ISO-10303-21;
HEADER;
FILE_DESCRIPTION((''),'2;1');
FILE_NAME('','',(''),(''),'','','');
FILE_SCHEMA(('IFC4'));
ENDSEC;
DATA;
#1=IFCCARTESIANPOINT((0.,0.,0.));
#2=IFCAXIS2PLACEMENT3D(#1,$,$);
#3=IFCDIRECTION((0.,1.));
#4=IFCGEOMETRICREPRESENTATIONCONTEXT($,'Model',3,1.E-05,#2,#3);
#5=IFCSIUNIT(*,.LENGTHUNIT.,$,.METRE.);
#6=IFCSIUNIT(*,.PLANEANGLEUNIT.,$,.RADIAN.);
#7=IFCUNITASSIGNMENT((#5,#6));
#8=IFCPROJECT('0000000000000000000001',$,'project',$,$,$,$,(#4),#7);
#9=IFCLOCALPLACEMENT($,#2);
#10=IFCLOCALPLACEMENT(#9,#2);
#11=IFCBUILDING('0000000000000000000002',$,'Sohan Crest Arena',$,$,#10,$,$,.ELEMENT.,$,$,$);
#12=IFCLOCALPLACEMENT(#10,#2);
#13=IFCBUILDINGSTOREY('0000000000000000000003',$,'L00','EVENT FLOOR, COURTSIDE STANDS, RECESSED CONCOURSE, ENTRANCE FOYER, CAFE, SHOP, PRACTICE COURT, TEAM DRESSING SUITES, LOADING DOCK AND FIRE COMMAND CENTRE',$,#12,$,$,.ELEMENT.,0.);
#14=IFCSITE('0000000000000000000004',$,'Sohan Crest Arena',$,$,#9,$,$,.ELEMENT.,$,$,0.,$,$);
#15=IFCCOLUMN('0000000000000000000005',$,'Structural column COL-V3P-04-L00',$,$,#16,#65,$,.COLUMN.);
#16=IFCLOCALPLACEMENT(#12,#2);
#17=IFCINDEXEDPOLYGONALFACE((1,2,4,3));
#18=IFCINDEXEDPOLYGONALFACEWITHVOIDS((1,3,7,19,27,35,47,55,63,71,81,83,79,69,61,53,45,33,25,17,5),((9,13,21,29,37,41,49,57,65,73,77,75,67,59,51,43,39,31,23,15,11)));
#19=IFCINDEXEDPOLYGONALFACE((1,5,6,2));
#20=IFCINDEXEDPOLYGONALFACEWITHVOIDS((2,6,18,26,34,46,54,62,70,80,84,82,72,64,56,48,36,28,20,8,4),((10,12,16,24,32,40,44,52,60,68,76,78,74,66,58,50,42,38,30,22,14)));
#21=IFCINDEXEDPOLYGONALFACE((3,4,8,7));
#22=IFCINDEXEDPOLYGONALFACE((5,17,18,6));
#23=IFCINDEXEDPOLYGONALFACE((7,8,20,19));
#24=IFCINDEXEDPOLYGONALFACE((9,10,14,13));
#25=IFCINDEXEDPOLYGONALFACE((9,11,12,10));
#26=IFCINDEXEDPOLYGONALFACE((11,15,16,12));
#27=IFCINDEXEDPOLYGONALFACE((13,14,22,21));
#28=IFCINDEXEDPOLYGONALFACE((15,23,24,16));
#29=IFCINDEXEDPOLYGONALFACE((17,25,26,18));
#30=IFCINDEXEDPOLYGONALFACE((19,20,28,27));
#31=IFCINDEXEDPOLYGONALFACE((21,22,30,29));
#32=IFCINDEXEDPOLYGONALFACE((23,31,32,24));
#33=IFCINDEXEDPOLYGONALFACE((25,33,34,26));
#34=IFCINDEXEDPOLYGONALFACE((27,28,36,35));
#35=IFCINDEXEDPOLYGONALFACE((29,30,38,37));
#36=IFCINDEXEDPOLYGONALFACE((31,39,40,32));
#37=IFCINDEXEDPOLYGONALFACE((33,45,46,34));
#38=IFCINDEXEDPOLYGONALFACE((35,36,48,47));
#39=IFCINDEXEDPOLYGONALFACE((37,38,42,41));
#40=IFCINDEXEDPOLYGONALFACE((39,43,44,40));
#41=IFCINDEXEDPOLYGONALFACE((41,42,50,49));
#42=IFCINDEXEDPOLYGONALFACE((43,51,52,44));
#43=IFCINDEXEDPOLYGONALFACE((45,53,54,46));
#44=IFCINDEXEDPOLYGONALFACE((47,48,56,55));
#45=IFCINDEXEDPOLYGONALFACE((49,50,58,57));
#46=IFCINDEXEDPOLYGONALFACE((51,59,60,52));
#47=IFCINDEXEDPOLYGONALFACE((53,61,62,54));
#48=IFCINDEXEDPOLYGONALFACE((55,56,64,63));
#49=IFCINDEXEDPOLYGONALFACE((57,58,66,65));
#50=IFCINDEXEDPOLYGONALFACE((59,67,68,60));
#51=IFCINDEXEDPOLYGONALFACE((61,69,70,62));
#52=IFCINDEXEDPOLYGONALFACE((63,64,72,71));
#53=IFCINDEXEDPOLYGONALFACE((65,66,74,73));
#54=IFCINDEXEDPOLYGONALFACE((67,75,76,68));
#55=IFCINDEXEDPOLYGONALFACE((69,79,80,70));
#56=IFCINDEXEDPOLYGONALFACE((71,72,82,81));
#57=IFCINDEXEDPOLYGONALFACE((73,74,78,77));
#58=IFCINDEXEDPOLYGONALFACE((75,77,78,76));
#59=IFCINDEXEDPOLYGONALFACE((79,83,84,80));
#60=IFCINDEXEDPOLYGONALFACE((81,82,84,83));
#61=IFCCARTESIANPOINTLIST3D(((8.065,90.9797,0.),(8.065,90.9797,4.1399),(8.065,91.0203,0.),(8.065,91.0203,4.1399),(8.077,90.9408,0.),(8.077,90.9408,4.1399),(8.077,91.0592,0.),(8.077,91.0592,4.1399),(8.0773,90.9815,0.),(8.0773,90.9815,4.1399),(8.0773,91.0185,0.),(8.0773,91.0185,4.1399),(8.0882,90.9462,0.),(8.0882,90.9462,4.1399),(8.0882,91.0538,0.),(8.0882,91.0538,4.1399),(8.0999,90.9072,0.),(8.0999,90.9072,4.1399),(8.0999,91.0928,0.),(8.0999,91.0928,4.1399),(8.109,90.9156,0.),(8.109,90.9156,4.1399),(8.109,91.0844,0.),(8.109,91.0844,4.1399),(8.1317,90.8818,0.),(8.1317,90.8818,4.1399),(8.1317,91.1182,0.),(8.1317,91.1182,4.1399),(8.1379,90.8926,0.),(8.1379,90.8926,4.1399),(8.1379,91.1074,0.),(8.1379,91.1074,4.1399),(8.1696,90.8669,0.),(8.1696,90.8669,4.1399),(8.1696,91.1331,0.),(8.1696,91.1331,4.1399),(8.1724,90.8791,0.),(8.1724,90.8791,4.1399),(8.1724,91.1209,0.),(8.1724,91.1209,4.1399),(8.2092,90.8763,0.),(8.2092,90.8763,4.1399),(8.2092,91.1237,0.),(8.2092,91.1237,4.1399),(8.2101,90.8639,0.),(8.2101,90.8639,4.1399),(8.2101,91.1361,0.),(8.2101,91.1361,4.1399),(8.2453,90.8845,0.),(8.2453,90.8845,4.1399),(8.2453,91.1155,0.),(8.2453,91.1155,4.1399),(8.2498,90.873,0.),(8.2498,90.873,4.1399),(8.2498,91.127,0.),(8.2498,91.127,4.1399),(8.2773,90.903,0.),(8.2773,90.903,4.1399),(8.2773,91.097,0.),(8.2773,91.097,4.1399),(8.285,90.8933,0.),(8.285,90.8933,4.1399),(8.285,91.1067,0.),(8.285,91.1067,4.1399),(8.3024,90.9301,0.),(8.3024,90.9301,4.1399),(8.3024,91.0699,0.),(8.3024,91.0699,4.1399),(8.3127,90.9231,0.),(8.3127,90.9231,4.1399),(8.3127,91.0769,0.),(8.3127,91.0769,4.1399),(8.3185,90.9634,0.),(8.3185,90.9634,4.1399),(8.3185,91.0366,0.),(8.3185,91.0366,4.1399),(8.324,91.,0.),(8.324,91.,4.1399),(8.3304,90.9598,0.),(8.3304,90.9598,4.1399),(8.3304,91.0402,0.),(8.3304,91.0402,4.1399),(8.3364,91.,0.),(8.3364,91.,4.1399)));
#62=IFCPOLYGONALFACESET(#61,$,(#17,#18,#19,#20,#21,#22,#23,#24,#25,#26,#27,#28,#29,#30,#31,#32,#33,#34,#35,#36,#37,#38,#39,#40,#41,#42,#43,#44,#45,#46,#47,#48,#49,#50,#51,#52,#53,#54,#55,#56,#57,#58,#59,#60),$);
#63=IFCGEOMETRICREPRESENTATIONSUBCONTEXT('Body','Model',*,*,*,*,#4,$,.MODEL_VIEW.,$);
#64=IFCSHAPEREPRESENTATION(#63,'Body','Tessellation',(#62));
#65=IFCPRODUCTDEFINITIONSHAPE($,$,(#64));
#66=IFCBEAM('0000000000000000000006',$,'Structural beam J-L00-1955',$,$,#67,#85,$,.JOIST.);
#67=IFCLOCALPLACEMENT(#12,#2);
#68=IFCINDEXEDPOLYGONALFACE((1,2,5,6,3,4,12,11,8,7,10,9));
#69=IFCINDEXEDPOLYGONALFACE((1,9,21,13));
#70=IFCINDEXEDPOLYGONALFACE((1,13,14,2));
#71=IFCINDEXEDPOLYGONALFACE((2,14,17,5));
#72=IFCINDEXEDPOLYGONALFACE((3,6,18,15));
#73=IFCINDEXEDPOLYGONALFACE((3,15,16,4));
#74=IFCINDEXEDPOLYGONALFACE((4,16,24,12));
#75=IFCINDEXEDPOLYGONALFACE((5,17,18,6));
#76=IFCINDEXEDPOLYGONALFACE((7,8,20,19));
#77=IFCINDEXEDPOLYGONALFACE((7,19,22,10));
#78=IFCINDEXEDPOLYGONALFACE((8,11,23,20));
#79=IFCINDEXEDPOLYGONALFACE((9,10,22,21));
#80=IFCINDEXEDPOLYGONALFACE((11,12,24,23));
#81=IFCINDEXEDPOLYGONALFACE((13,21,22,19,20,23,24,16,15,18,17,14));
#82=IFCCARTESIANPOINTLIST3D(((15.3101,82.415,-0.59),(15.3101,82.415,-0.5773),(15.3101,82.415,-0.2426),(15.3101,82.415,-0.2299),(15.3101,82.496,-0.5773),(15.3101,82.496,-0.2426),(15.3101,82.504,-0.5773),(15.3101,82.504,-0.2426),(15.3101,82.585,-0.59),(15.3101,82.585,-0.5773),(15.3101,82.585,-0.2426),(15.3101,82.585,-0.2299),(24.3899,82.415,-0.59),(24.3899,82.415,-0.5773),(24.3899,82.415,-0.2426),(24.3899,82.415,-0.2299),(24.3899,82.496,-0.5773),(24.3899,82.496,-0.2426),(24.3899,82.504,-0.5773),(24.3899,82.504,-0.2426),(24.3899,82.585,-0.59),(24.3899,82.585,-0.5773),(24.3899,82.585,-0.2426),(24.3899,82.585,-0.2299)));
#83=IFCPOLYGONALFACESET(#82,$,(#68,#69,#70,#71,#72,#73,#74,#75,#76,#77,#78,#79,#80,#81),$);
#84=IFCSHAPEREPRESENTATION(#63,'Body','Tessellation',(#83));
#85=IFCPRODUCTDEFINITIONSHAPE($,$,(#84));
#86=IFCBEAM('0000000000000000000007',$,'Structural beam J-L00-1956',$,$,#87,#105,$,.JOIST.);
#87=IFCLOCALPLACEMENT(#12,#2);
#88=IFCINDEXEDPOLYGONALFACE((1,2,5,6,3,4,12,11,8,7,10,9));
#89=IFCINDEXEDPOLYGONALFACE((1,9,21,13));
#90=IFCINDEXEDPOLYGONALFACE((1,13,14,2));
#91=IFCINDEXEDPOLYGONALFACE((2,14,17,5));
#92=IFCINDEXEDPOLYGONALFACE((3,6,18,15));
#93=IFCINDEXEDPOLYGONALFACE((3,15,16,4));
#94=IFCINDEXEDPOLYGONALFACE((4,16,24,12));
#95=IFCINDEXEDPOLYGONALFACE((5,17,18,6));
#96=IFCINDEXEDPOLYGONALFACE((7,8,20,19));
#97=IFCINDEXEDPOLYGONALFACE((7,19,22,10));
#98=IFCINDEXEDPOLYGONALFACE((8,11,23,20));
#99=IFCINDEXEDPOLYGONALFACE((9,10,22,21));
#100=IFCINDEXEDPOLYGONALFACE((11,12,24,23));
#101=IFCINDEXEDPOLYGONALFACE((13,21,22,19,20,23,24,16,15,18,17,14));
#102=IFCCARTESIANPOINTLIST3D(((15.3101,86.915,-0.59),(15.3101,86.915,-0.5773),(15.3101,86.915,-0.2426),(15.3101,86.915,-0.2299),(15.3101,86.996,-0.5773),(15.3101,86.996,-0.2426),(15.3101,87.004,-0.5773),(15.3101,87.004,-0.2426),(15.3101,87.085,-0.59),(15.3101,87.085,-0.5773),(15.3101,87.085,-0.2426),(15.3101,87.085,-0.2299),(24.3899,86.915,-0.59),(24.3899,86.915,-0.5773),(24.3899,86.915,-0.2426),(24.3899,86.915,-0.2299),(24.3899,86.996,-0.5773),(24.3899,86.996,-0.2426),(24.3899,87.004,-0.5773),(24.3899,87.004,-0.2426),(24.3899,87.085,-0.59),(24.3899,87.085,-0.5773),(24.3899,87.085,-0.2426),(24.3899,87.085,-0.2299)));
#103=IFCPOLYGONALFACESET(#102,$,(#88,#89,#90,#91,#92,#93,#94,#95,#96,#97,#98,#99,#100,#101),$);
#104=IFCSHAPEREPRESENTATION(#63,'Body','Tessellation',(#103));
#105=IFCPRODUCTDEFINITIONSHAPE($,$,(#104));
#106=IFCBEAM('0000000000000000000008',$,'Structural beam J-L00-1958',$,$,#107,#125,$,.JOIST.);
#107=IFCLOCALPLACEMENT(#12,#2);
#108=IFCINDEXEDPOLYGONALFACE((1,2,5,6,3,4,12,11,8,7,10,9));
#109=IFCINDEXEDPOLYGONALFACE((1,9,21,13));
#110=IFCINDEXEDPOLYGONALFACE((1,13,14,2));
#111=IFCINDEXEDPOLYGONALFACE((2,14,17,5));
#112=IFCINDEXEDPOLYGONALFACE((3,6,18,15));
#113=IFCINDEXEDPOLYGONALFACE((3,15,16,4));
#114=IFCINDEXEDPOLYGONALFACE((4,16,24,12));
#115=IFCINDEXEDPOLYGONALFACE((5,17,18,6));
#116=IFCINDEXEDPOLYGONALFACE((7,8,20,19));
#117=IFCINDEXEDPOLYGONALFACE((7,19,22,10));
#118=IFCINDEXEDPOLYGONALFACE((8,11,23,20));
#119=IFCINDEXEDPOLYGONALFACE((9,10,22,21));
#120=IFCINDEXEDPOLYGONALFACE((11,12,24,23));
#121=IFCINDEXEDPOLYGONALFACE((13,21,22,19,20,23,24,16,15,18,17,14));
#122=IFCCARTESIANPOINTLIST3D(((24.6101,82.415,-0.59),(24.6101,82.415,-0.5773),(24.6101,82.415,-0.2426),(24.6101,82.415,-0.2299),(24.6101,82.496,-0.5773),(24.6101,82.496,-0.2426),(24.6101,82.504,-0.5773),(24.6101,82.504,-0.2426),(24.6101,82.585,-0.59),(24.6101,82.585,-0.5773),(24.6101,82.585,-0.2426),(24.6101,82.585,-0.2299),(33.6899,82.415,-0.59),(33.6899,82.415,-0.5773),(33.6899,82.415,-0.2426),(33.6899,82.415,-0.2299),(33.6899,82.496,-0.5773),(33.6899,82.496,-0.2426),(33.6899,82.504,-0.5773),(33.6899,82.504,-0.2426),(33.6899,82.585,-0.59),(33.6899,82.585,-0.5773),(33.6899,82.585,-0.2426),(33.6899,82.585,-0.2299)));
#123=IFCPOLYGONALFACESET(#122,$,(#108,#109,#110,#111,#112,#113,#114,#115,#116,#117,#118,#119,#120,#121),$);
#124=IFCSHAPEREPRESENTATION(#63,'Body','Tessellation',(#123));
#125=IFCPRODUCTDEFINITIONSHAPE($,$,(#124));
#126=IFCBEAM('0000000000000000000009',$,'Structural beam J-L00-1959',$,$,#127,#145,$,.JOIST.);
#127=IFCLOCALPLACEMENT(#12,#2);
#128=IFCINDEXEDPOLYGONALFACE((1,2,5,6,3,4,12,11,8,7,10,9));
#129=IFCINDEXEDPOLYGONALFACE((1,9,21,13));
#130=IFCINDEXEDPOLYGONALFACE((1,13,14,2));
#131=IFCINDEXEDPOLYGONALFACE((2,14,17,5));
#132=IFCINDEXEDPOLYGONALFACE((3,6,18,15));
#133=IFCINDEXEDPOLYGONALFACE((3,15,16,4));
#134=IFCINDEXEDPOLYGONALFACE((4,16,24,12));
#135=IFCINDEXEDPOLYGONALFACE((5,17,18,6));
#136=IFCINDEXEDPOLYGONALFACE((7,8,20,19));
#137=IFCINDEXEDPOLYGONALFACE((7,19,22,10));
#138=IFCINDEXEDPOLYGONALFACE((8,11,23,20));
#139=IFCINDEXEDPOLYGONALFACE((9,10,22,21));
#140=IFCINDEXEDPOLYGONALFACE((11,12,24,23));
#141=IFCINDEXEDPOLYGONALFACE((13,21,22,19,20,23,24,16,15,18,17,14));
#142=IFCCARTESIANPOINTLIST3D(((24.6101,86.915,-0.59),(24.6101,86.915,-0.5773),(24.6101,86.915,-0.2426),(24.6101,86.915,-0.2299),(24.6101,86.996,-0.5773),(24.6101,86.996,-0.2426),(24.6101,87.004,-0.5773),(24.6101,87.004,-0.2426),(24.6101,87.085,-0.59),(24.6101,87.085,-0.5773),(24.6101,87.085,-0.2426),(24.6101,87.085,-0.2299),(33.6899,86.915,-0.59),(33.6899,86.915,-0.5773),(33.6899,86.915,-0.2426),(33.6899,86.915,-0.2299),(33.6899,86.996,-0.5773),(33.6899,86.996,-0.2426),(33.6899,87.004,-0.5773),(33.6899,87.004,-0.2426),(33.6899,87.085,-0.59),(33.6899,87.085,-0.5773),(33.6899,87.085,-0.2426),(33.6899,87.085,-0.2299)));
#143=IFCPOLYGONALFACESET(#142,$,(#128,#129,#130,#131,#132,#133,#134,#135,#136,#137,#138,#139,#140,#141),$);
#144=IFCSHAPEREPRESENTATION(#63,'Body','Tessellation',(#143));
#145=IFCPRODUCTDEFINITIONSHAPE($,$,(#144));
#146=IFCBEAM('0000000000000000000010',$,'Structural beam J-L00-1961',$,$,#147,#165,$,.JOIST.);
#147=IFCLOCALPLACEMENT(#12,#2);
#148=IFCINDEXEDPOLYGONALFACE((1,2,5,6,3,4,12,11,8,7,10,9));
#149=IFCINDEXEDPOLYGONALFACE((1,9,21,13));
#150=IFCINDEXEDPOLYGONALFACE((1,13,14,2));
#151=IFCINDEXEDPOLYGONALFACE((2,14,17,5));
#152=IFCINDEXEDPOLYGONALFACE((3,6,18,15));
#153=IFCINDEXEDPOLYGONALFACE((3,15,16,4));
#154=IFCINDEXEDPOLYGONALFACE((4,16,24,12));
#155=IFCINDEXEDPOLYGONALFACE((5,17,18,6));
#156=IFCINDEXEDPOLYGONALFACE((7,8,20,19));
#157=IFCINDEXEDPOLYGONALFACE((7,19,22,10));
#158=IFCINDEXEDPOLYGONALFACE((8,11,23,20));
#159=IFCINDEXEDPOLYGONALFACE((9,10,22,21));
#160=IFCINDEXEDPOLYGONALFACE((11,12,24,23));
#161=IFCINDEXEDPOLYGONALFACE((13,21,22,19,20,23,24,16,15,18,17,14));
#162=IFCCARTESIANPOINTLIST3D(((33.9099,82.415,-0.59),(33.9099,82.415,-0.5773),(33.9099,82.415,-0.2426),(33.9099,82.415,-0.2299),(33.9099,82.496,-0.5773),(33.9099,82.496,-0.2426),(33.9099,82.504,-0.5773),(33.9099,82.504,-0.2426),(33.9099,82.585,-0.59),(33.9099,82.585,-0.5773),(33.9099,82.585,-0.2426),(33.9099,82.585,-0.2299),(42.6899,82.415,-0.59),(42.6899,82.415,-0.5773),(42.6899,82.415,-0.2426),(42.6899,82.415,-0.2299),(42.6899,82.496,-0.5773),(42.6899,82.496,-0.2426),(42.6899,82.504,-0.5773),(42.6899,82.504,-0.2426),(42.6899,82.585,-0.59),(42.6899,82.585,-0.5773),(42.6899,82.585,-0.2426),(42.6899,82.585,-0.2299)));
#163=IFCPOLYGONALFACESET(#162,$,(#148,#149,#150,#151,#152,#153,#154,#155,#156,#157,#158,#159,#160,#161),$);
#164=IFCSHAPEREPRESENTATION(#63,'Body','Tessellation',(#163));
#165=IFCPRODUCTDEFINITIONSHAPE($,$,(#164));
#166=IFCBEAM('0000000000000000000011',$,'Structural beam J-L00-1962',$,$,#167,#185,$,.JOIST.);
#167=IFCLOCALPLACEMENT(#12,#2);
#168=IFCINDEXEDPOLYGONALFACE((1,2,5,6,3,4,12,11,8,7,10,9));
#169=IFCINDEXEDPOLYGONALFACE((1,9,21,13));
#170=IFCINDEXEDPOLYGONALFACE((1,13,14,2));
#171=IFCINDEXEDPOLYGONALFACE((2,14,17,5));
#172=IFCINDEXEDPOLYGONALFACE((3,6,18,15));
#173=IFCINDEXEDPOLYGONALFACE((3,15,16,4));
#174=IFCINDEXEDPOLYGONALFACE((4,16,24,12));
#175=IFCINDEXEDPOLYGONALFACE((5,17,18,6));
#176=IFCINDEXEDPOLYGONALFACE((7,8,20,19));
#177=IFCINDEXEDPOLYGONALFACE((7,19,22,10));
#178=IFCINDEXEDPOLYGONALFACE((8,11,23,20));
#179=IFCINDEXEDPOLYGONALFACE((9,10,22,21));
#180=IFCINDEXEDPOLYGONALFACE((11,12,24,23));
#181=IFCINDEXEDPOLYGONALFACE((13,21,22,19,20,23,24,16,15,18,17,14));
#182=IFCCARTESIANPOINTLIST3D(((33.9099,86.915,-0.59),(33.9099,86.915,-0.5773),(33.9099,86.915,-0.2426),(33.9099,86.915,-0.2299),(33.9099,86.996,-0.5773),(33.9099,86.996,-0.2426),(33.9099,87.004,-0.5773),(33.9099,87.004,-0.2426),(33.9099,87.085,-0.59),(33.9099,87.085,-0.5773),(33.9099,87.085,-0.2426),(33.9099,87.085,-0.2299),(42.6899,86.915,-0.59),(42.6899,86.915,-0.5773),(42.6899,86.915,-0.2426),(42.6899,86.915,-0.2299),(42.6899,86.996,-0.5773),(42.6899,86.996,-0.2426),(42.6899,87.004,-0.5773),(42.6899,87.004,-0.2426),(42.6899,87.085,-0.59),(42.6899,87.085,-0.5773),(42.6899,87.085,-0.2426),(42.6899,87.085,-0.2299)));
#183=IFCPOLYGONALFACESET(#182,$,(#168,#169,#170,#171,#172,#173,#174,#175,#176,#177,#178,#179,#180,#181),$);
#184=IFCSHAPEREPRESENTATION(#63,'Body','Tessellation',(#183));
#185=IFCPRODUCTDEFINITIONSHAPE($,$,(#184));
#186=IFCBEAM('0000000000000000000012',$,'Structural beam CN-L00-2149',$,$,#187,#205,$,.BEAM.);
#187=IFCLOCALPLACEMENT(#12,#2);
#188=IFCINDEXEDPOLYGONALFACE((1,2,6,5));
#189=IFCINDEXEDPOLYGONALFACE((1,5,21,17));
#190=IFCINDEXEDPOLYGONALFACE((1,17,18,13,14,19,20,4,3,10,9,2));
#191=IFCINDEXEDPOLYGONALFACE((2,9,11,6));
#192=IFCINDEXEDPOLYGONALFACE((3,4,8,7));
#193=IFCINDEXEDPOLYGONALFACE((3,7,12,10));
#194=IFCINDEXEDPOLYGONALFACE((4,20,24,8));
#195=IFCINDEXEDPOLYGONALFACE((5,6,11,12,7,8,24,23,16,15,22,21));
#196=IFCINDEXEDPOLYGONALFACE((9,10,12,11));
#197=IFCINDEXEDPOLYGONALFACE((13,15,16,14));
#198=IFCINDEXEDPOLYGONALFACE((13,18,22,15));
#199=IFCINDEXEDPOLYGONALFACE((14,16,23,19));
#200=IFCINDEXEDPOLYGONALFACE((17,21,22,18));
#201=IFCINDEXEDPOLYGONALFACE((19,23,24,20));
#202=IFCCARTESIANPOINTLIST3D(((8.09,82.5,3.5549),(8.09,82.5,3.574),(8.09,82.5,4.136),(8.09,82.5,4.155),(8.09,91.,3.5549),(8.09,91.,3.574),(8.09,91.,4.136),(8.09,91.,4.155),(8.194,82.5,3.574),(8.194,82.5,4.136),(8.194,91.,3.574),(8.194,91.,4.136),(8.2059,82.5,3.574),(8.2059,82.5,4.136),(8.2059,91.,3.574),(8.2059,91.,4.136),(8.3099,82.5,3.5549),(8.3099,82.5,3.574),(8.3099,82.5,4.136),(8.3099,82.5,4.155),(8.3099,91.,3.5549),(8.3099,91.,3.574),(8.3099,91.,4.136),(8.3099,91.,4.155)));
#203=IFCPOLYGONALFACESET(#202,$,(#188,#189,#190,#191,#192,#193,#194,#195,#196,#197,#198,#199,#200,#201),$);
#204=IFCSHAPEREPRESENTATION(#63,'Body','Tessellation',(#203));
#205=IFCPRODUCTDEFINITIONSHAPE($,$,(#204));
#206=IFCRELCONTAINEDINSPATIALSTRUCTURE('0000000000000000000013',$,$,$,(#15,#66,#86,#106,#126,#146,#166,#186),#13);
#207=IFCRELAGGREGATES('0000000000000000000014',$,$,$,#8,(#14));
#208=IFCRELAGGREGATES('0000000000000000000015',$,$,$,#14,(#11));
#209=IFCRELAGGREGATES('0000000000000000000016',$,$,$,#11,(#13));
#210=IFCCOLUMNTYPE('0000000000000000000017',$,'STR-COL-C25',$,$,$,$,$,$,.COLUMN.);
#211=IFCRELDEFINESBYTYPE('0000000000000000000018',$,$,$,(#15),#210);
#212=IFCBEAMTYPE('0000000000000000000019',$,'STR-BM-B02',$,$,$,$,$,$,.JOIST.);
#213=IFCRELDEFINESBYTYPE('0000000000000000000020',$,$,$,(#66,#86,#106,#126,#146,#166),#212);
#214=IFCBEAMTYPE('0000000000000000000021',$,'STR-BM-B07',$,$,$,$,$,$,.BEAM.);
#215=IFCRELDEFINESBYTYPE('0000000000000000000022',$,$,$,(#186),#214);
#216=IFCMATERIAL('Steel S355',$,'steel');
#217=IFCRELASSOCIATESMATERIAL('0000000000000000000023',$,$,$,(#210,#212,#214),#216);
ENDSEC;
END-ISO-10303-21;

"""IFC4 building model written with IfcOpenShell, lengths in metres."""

from ifc_helpers import new_model, si_unit, direction, frame, origin, origin_2d, place, context, subcontext, project, spatial, hollow_circle, i_section, extrude, material, material_profile, profile_set, type_object, element, save


model = new_model("IFC4")

# Units and contexts
model_context = context("Model", 3, precision=1e-05, world=origin(), true_north=direction((0.0, 1.0)))
body_context = subcontext(model_context, "Body", "Model", "MODEL_VIEW")
ifc_project = project(units=[si_unit("LENGTHUNIT", "METRE"), si_unit("PLANEANGLEUNIT", "RADIAN")], contexts=[model_context])

# Site, building, storey
site_placement = place(None, origin())
site = spatial("IfcSite", under=ifc_project, at=site_placement, Name="Sohan Crest Arena", CompositionType="ELEMENT", RefElevation=0.0)
building_placement = place(site_placement, origin())
building = spatial("IfcBuilding", under=site, at=building_placement, Name="Sohan Crest Arena", CompositionType="ELEMENT")
storey_placement = place(building_placement, origin())
storey = spatial("IfcBuildingStorey", under=building, at=storey_placement, Name="L00", Description="EVENT FLOOR, COURTSIDE STANDS, RECESSED CONCOURSE, ENTRANCE FOYER, CAFE, SHOP, PRACTICE COURT, TEAM DRESSING SUITES, LOADING DOCK AND FIRE COMMAND CENTRE", CompositionType="ELEMENT", Elevation=0.0)

# Column
ifc_material_1 = material(Name="Steel S355", Category="steel")
ifc_material_profile_1 = material_profile(ifc_material_1, hollow_circle(Radius=0.1365, WallThickness=0.0125, at=origin_2d()), Name="CHS 273x12.5")
ifc_profile_set_1 = profile_set([ifc_material_profile_1], Name="Steel S355")
column_type_1 = type_object("IfcColumnType", Name="STR-COL-C25", PredefinedType="COLUMN", material=ifc_profile_set_1)
column_1_placement = place(storey_placement, frame((8.2, 91.0, 0.0), z_axis=(0.0, 0.0, 1.0), x_axis=(1.0, 0.0, 0.0)))
element("IfcColumn", 1, at=column_1_placement, inside=storey, type_object=column_type_1, Name="Structural column COL-V3P-04-L00", PredefinedType="COLUMN", context=body_context, shape_type="SweptSolid", body=[
    extrude(hollow_circle(Radius=0.1365, WallThickness=0.0125, at=origin_2d()), origin(), (0.0, 0.0, 1.0), 4.1399),
])

# Beams
ifc_material_profile_2 = material_profile(ifc_material_1, i_section(OverallWidth=0.1699, OverallDepth=0.3601, WebThickness=0.0081, FlangeThickness=0.0127, at=origin_2d()), Name="IPE 360")
ifc_profile_set_2 = profile_set([ifc_material_profile_2], Name="Steel S355")
beam_type_1 = type_object("IfcBeamType", Name="STR-BM-B02", PredefinedType="JOIST", material=ifc_profile_set_2)
for number, where, z_axis, x_axis, name in (
    (2, (15.3101, 82.5, -0.4099), (1.0, 0.0, 0.0), (0.0, 1.0, 0.0), "Structural beam J-L00-1955"),
    (3, (15.3101, 87.0, -0.4099), (1.0, 0.0, 0.0), (0.0, 1.0, 0.0), "Structural beam J-L00-1956"),
    (4, (24.6101, 82.5, -0.4099), (1.0, 0.0, 0.0), (0.0, 1.0, 0.0), "Structural beam J-L00-1958"),
    (5, (24.6101, 87.0, -0.4099), (1.0, 0.0, 0.0), (0.0, 1.0, 0.0), "Structural beam J-L00-1959"),
):
    element("IfcBeam", number, at=place(storey_placement, frame(where, z_axis=z_axis, x_axis=x_axis)), inside=storey, type_object=beam_type_1, Name=name, PredefinedType="JOIST", context=body_context, shape_type="SweptSolid", body=[
        extrude(i_section(OverallWidth=0.1699, OverallDepth=0.3601, WebThickness=0.0081, FlangeThickness=0.0127, at=origin_2d()), origin(), (0.0, 0.0, 1.0), 9.0798),
    ])
for number, where, z_axis, x_axis, name in (
    (6, (33.9099, 82.5, -0.4099), (1.0, 0.0, 0.0), (0.0, 1.0, 0.0), "Structural beam J-L00-1961"),
    (7, (33.9099, 87.0, -0.4099), (1.0, 0.0, 0.0), (0.0, 1.0, 0.0), "Structural beam J-L00-1962"),
):
    element("IfcBeam", number, at=place(storey_placement, frame(where, z_axis=z_axis, x_axis=x_axis)), inside=storey, type_object=beam_type_1, Name=name, PredefinedType="JOIST", context=body_context, shape_type="SweptSolid", body=[
        extrude(i_section(OverallWidth=0.1699, OverallDepth=0.3601, WebThickness=0.0081, FlangeThickness=0.0127, at=origin_2d()), origin(), (0.0, 0.0, 1.0), 8.78),
    ])
ifc_material_profile_3 = material_profile(ifc_material_1, i_section(OverallWidth=0.22, OverallDepth=0.6001, WebThickness=0.012, FlangeThickness=0.019, at=origin_2d()), Name="IPE 600")
ifc_profile_set_3 = profile_set([ifc_material_profile_3], Name="Steel S355")
beam_type_2 = type_object("IfcBeamType", Name="STR-BM-B07", PredefinedType="BEAM", material=ifc_profile_set_3)
beam_1_placement = place(storey_placement, frame((8.2, 82.5, 3.855), z_axis=(0.0, 1.0, 0.0), x_axis=(-1.0, 0.0, 0.0)))
element("IfcBeam", 8, at=beam_1_placement, inside=storey, type_object=beam_type_2, Name="Structural beam CN-L00-2149", PredefinedType="BEAM", context=body_context, shape_type="SweptSolid", body=[
    extrude(i_section(OverallWidth=0.22, OverallDepth=0.6001, WebThickness=0.012, FlangeThickness=0.019, at=origin_2d()), origin(), (0.0, 0.0, 1.0), 8.5),
])

save(model, "model.ifc")
